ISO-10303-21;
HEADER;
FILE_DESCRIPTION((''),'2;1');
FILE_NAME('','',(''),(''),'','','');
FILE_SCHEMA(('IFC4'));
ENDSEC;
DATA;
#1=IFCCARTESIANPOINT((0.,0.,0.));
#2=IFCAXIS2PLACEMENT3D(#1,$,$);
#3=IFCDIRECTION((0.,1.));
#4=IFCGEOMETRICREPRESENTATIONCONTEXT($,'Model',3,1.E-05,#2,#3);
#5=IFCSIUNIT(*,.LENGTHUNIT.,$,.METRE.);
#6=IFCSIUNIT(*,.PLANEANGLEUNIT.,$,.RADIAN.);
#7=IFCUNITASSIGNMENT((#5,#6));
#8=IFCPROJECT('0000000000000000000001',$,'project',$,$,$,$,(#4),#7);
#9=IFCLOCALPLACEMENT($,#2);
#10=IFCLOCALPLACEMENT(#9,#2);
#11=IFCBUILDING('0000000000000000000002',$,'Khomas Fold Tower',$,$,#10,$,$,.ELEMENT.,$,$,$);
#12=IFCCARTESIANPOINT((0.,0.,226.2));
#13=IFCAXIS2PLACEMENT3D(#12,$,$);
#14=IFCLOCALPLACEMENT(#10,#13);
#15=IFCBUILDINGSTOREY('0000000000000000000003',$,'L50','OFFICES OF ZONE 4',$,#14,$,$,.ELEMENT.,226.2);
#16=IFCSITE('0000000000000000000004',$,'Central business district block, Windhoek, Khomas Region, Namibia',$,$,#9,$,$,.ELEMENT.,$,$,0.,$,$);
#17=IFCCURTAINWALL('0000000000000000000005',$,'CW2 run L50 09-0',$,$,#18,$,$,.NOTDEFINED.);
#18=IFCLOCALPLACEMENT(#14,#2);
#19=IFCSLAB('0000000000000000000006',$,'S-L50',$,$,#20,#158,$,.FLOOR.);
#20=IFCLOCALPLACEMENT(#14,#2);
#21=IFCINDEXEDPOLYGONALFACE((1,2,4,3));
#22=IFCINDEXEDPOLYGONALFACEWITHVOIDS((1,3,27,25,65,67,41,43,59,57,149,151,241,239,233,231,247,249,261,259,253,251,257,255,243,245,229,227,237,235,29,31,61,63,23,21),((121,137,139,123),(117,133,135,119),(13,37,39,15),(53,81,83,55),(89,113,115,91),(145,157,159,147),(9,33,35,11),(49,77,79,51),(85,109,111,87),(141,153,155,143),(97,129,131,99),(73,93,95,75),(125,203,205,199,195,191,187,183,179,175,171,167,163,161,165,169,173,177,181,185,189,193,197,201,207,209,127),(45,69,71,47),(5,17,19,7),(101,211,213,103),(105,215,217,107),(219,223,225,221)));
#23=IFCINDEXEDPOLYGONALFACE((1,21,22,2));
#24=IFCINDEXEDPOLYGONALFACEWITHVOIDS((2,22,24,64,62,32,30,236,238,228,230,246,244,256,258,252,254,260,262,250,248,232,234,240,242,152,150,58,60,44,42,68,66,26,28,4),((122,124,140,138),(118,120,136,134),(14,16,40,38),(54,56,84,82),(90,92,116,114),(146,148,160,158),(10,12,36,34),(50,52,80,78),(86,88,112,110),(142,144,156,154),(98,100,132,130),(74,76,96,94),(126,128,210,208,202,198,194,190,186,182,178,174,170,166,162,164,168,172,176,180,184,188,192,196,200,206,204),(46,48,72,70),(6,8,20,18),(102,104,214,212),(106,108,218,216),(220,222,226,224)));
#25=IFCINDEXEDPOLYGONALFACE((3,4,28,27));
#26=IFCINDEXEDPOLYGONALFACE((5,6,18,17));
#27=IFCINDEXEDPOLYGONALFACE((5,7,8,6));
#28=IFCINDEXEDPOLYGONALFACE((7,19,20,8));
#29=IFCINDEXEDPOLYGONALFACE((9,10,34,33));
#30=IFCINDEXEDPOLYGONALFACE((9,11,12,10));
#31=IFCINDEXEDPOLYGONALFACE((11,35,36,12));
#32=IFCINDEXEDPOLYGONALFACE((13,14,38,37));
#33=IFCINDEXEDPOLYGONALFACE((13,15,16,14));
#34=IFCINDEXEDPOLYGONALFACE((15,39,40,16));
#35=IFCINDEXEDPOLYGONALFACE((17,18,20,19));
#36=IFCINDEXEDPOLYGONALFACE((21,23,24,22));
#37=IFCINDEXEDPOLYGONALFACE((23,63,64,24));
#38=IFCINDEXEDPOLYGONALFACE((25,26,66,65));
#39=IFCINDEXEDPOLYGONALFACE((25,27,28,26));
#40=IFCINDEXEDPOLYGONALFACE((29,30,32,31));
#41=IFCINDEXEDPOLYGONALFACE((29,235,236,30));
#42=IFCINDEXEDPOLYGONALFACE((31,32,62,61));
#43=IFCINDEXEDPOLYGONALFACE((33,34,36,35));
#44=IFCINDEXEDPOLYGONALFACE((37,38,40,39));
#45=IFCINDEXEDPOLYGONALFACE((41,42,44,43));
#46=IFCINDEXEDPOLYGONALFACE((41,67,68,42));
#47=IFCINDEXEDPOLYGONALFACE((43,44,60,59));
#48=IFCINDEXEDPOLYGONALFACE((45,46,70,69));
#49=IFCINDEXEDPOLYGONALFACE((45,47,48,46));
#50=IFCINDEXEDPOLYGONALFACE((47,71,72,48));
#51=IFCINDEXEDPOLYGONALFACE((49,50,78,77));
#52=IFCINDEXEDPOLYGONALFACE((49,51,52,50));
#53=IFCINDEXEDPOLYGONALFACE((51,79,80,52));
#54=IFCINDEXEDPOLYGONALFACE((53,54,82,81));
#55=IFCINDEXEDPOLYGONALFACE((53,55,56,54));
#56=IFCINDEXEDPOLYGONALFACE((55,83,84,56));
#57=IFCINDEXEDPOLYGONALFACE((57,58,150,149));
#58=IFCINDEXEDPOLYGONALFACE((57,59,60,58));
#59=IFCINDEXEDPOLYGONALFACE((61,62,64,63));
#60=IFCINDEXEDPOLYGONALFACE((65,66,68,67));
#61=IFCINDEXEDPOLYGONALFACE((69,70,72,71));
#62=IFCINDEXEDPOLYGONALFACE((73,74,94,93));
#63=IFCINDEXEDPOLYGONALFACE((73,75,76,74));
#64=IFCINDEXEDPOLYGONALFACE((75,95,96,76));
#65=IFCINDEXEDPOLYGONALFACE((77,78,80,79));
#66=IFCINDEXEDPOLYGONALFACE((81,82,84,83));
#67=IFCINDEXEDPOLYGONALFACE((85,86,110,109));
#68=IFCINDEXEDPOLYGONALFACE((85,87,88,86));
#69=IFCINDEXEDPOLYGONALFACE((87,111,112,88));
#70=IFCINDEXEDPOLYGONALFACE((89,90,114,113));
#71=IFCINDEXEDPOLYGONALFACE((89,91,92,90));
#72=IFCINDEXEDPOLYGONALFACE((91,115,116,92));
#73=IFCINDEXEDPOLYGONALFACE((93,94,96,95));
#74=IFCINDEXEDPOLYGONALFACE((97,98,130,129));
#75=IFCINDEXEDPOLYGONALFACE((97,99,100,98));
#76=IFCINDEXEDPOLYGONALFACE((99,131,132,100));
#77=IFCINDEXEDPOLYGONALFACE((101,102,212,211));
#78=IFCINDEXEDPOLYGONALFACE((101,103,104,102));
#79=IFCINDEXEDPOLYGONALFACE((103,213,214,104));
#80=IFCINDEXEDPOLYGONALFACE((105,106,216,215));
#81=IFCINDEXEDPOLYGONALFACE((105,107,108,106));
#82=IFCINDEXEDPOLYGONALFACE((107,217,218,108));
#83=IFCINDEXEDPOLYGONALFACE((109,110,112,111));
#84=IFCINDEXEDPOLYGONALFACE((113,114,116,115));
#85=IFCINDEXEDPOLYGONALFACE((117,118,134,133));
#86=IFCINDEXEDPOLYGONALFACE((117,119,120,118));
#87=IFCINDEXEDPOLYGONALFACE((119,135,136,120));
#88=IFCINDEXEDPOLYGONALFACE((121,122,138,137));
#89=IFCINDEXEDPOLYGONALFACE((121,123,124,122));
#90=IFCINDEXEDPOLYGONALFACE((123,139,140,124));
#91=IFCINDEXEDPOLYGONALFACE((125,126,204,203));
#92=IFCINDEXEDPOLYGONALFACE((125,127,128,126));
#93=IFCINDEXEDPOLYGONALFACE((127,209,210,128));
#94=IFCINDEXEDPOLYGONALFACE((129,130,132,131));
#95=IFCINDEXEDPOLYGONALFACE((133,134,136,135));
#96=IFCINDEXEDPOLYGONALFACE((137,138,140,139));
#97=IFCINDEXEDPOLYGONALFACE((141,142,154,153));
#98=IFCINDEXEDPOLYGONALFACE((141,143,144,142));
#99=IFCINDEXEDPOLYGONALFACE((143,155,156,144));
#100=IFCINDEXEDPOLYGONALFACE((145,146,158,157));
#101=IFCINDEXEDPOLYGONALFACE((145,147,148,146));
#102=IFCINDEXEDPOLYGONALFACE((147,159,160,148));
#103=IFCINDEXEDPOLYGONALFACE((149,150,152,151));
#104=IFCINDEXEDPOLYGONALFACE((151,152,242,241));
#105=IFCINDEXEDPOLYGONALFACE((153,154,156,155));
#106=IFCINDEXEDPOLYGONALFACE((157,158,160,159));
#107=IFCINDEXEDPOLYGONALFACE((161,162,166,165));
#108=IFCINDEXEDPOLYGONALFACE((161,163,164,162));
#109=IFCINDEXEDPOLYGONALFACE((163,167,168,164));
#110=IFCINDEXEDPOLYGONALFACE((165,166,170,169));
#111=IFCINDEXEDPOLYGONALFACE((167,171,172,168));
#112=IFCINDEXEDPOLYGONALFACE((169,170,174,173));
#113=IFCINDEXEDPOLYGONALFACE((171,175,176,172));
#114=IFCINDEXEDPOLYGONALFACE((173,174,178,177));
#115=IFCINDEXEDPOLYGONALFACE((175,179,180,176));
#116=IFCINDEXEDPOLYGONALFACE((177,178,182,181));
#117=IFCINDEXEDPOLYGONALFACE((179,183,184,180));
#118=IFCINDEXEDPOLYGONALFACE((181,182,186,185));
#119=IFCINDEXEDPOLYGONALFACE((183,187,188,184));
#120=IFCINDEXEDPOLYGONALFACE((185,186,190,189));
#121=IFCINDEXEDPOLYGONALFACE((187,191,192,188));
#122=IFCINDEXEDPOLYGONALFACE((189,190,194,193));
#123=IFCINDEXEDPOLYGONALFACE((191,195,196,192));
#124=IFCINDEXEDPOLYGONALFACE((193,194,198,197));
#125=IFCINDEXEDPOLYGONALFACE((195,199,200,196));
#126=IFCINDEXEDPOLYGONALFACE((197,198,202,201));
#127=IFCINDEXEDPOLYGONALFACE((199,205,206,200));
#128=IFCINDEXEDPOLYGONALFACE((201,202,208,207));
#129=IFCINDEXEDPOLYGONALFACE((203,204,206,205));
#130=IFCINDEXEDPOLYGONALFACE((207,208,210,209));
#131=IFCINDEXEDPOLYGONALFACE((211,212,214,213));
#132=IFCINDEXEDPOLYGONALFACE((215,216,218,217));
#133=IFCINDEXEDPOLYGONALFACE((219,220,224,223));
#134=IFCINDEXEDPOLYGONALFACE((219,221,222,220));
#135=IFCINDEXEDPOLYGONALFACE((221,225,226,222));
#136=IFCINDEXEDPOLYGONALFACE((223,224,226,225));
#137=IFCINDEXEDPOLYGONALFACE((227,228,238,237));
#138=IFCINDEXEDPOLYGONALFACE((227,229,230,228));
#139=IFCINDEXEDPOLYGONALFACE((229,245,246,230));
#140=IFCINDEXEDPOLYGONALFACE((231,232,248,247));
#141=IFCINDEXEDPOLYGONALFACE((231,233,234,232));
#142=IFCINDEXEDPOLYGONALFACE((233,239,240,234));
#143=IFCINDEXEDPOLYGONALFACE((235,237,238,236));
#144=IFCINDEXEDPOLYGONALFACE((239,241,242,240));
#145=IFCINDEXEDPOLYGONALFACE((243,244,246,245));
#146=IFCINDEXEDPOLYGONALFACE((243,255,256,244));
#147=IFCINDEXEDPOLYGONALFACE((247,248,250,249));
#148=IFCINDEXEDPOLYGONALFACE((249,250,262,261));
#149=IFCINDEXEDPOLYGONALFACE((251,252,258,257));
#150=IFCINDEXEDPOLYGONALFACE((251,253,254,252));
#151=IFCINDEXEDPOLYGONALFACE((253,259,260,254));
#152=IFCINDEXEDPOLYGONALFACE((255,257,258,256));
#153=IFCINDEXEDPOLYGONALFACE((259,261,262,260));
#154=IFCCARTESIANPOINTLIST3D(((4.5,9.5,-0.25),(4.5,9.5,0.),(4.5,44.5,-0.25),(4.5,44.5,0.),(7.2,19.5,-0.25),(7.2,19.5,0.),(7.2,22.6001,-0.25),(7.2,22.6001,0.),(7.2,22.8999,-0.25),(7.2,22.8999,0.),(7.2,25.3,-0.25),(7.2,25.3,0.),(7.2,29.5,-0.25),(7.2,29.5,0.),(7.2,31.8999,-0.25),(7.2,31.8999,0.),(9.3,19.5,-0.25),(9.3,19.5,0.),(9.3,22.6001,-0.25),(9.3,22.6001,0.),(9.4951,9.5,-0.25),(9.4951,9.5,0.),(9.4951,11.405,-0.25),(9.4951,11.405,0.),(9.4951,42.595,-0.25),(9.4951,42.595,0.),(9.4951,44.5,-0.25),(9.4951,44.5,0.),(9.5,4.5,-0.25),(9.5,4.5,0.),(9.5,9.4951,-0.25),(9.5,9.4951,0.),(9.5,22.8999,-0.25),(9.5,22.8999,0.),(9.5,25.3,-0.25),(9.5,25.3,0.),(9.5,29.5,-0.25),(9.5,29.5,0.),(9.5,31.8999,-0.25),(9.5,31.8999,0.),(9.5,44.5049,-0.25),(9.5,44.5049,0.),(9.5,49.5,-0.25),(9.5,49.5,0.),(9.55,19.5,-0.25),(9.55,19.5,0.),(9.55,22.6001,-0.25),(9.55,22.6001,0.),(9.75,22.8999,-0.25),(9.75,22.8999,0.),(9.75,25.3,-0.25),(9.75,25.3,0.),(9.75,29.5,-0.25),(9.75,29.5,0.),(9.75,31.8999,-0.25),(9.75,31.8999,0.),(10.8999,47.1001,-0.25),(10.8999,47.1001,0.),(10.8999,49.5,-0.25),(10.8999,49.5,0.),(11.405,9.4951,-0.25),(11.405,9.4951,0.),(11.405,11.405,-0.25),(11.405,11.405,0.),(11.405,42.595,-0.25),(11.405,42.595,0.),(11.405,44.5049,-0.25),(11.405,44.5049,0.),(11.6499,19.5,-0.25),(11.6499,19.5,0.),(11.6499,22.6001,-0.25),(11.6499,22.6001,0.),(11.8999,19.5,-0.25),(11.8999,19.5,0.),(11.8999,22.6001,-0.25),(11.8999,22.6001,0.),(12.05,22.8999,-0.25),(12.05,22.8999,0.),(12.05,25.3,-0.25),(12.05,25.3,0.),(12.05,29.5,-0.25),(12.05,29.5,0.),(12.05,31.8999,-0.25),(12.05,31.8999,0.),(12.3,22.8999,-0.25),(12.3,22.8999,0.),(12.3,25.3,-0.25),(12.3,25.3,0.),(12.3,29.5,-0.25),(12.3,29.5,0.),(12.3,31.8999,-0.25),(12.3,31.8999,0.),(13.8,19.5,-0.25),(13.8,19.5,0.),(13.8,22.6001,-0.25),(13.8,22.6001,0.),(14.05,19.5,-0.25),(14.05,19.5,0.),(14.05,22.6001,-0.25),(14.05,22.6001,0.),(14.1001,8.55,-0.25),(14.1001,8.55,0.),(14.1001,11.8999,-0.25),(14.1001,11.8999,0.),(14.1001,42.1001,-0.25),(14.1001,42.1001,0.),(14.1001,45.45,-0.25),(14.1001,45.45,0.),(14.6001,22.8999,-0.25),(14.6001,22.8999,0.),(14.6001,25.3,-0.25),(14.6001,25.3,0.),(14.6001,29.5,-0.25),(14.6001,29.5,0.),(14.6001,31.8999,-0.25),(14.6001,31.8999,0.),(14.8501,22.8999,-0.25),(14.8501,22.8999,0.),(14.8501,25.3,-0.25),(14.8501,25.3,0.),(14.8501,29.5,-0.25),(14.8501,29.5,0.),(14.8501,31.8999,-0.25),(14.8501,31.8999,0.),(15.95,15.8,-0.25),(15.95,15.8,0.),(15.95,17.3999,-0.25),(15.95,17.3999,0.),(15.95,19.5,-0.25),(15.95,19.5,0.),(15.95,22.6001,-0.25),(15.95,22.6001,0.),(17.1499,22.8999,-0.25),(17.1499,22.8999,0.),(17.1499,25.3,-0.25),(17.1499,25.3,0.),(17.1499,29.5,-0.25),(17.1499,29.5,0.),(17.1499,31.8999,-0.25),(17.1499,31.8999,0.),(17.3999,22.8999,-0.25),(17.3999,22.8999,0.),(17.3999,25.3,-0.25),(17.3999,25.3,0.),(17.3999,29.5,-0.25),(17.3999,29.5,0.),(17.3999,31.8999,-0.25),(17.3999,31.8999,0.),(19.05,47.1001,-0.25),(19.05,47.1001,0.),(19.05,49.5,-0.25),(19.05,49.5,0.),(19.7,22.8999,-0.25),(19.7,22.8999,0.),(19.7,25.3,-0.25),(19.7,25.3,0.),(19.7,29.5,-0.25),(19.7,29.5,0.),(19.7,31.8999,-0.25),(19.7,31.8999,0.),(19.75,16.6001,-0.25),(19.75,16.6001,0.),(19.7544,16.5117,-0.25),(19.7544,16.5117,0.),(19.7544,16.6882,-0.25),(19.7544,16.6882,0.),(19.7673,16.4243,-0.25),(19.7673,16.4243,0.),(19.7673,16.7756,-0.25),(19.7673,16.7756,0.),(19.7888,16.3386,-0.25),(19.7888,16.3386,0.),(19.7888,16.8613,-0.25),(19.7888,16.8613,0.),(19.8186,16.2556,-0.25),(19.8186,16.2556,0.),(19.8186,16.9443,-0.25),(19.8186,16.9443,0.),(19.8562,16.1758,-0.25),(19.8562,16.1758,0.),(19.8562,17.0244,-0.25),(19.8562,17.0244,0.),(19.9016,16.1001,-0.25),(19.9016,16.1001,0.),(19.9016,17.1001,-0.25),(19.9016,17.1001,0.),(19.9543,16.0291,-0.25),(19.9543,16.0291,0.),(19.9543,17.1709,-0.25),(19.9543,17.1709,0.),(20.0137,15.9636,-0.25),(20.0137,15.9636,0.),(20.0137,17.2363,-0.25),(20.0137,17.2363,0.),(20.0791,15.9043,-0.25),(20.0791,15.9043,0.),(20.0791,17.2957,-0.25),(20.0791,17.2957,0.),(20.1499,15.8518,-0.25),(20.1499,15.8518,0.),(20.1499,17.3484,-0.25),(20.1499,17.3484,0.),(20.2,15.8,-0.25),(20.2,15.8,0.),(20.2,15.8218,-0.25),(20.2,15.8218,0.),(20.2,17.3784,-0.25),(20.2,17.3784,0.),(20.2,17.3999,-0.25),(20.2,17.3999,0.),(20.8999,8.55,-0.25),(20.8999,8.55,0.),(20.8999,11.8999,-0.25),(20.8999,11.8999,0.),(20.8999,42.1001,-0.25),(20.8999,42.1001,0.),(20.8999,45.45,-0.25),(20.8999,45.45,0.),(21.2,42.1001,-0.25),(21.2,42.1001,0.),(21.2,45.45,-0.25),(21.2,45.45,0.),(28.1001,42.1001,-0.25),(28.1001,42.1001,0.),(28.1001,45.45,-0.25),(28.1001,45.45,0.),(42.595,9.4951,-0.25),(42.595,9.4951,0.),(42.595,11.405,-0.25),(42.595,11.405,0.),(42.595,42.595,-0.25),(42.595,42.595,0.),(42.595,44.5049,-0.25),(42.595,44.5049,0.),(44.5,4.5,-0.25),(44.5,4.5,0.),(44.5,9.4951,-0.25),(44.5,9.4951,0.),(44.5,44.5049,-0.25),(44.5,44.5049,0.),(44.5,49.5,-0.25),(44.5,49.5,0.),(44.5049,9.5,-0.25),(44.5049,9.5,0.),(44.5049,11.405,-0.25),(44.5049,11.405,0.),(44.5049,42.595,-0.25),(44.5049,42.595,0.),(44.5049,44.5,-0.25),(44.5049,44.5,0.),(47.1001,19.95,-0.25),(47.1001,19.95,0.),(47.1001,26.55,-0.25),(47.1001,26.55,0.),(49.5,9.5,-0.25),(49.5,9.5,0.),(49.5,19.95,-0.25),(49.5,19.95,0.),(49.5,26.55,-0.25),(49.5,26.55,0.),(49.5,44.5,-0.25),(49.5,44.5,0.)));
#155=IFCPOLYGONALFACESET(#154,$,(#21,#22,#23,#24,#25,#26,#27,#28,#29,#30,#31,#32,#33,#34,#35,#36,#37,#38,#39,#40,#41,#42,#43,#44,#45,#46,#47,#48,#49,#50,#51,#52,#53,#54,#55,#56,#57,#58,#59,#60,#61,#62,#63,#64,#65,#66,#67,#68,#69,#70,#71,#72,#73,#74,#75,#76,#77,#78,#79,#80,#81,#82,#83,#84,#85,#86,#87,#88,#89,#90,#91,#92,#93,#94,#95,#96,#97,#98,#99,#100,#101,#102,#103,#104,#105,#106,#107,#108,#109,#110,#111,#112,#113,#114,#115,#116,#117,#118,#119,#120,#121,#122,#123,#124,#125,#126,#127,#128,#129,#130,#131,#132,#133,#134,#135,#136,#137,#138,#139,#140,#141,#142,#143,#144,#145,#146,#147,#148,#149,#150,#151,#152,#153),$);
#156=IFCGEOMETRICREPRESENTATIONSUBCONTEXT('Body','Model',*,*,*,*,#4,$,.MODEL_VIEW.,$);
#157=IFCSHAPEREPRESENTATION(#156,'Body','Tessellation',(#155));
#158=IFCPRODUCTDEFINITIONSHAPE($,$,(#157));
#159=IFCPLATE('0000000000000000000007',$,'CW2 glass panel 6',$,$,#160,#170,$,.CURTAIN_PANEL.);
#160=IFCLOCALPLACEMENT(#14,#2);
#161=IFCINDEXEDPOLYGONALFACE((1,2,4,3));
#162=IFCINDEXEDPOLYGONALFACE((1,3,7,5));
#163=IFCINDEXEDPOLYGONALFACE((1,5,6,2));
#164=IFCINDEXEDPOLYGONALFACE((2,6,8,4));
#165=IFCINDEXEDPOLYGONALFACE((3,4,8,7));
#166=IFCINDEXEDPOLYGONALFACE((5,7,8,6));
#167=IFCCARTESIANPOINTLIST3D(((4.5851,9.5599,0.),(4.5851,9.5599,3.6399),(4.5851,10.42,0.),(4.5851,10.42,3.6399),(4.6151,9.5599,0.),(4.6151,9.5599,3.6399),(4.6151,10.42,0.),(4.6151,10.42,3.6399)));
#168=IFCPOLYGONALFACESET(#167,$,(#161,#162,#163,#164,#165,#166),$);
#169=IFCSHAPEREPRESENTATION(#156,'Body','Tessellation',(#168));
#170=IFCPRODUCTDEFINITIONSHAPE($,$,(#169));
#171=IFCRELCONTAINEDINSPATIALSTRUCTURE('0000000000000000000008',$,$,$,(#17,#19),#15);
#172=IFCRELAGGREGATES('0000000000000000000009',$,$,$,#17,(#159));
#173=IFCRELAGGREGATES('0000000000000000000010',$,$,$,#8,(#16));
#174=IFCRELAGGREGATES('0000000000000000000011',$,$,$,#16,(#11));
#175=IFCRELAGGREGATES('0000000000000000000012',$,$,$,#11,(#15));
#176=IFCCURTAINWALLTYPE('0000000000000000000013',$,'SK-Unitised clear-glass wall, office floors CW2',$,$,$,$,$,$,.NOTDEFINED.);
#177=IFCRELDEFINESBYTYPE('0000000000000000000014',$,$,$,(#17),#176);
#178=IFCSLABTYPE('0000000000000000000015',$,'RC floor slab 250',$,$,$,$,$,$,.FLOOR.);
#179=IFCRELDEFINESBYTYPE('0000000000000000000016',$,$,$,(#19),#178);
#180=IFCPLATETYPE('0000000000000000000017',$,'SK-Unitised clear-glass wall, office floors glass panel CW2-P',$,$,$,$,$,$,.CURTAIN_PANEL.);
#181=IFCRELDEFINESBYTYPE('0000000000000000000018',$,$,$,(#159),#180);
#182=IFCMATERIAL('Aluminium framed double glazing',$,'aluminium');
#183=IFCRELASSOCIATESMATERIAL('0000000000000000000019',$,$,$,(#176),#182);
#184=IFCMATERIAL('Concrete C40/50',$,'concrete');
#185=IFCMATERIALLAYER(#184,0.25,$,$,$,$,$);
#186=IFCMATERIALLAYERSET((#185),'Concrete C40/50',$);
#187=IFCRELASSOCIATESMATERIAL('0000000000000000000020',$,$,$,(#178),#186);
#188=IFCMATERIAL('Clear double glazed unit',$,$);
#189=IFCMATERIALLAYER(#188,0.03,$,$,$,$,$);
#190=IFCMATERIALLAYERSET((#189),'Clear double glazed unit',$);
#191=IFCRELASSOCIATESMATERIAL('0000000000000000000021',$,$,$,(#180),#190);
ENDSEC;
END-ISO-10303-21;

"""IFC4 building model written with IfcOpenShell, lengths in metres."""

from ifc_helpers import new_model, si_unit, direction, frame, origin, origin_2d, place, context, subcontext, project, spatial, polyline, rectangle, outline, extrude, source, transform, mapped, material, layer, layer_set, type_object, element, aggregate, save


model = new_model("IFC4")

# Units and contexts
model_context = context("Model", 3, precision=1e-05, world=origin(), true_north=direction((0.0, 1.0)))
body_context = subcontext(model_context, "Body", "Model", "MODEL_VIEW")
ifc_project = project(units=[si_unit("LENGTHUNIT", "METRE"), si_unit("PLANEANGLEUNIT", "RADIAN")], contexts=[model_context])

# Site, building, storey
site_placement = place(None, origin())
site = spatial("IfcSite", under=ifc_project, at=site_placement, Name="Central business district block, Windhoek, Khomas Region, Namibia", CompositionType="ELEMENT", RefElevation=0.0)
building_placement = place(site_placement, origin())
building = spatial("IfcBuilding", under=site, at=building_placement, Name="Khomas Fold Tower", CompositionType="ELEMENT")
storey_placement = place(building_placement, frame((0.0, 0.0, 226.2)))
storey = spatial("IfcBuildingStorey", under=building, at=storey_placement, Name="L50", Description="OFFICES OF ZONE 4", CompositionType="ELEMENT", Elevation=226.2)

# Curtain wall
ifc_material_1 = material(Name="Aluminium framed double glazing", Category="aluminium")
curtain_wall_type = type_object("IfcCurtainWallType", Name="SK-Unitised clear-glass wall, office floors CW2", PredefinedType="NOTDEFINED", material=ifc_material_1)
curtain_wall_1_placement = place(storey_placement, origin())
curtain_wall_1 = element("IfcCurtainWall", 1, at=curtain_wall_1_placement, inside=storey, type_object=curtain_wall_type, Name="CW2 run L50 09-0", PredefinedType="NOTDEFINED")

# Slab
ifc_material_2 = material(Name="Concrete C40/50", Category="concrete")
ifc_layer_1 = layer(ifc_material_2, 0.25)
ifc_layer_set_1 = layer_set([ifc_layer_1], Name="Concrete C40/50")
slab_type_1 = type_object("IfcSlabType", Name="RC floor slab 250", PredefinedType="FLOOR", material=ifc_layer_set_1)
shared_shape_1 = source(origin(), body_context, "Body", "SweptSolid", [
    extrude(outline(polyline([(4.5, 9.5), (9.4951, 9.5), (9.4951, 11.405), (11.405, 11.405), (11.405, 9.4951), (9.5, 9.4951), (9.5, 4.5), (44.5, 4.5), (44.5, 9.4951), (42.595, 9.4951), (42.595, 11.405), (44.5049, 11.405), (44.5049, 9.5), (49.5, 9.5), (49.5, 19.95), (47.1001, 19.95), (47.1001, 26.55), (49.5, 26.55), (49.5, 44.5), (44.5049, 44.5), (44.5049, 42.595), (42.595, 42.595), (42.595, 44.5049), (44.5, 44.5049), (44.5, 49.5), (19.05, 49.5), (19.05, 47.1001), (10.8999, 47.1001), (10.8999, 49.5), (9.5, 49.5), (9.5, 44.5049), (11.405, 44.5049), (11.405, 42.595), (9.4951, 42.595), (9.4951, 44.5), (4.5, 44.5), (4.5, 9.5)]), holes=[polyline([(7.2, 19.5), (7.2, 22.6001), (9.3, 22.6001), (9.3, 19.5), (7.2, 19.5)]), polyline([(7.2, 22.8999), (7.2, 25.3), (9.5, 25.3), (9.5, 22.8999), (7.2, 22.8999)]), polyline([(7.2, 29.5), (7.2, 31.8999), (9.5, 31.8999), (9.5, 29.5), (7.2, 29.5)]), polyline([(9.55, 19.5), (9.55, 22.6001), (11.6499, 22.6001), (11.6499, 19.5), (9.55, 19.5)]), polyline([(9.75, 22.8999), (9.75, 25.3), (12.05, 25.3), (12.05, 22.8999), (9.75, 22.8999)]), polyline([(9.75, 29.5), (9.75, 31.8999), (12.05, 31.8999), (12.05, 29.5), (9.75, 29.5)]), polyline([(11.8999, 19.5), (11.8999, 22.6001), (13.8, 22.6001), (13.8, 19.5), (11.8999, 19.5)]), polyline([(12.3, 22.8999), (12.3, 25.3), (14.6001, 25.3), (14.6001, 22.8999), (12.3, 22.8999)]), polyline([(12.3, 29.5), (12.3, 31.8999), (14.6001, 31.8999), (14.6001, 29.5), (12.3, 29.5)]), polyline([(14.05, 19.5), (14.05, 22.6001), (15.95, 22.6001), (15.95, 19.5), (14.05, 19.5)]), polyline([(14.1001, 8.55), (14.1001, 11.8999), (20.8999, 11.8999), (20.8999, 8.55), (14.1001, 8.55)]), polyline([(14.1001, 42.1001), (14.1001, 45.45), (20.8999, 45.45), (20.8999, 42.1001), (14.1001, 42.1001)]), polyline([(14.8501, 22.8999), (14.8501, 25.3), (17.1499, 25.3), (17.1499, 22.8999), (14.8501, 22.8999)]), polyline([(14.8501, 29.5), (14.8501, 31.8999), (17.1499, 31.8999), (17.1499, 29.5), (14.8501, 29.5)]), polyline([(15.95, 15.8), (15.95, 17.3999), (20.2, 17.3999), (20.2, 17.3784), (20.1499, 17.3484), (20.0791, 17.2957), (20.0137, 17.2363), (19.9543, 17.1709), (19.9016, 17.1001), (19.8562, 17.0244), (19.8186, 16.9443), (19.7888, 16.8613), (19.7673, 16.7756), (19.7544, 16.6882), (19.75, 16.6001), (19.7544, 16.5117), (19.7673, 16.4243), (19.7888, 16.3386), (19.8186, 16.2556), (19.8562, 16.1758), (19.9016, 16.1001), (19.9543, 16.0291), (20.0137, 15.9636), (20.0791, 15.9043), (20.1499, 15.8518), (20.2, 15.8218), (20.2, 15.8), (15.95, 15.8)]), polyline([(17.3999, 22.8999), (17.3999, 25.3), (19.7, 25.3), (19.7, 22.8999), (17.3999, 22.8999)]), polyline([(17.3999, 29.5), (17.3999, 31.8999), (19.7, 31.8999), (19.7, 29.5), (17.3999, 29.5)]), polyline([(21.2, 42.1001), (21.2, 45.45), (28.1001, 45.45), (28.1001, 42.1001), (21.2, 42.1001)])]), origin(), (0.0, 0.0, 1.0), 0.25),
])
slab_1_placement = place(storey_placement, frame((0.0, 0.0, -0.25)))
element("IfcSlab", 2, at=slab_1_placement, inside=storey, type_object=slab_type_1, Name="S-L50", PredefinedType="FLOOR", context=body_context, shape_type="MappedRepresentation", body=[
    mapped(shared_shape_1, transform((0.0, 0.0, 0.0))),
])

# Plate
ifc_material_3 = material(Name="Clear double glazed unit")
ifc_layer_2 = layer(ifc_material_3, 0.03)
ifc_layer_set_2 = layer_set([ifc_layer_2], Name="Clear double glazed unit")
plate_type = type_object("IfcPlateType", Name="SK-Unitised clear-glass wall, office floors glass panel CW2-P", PredefinedType="CURTAIN_PANEL", material=ifc_layer_set_2)
shared_shape_2 = source(origin(), body_context, "Body", "SweptSolid", [
    extrude(rectangle(XDim=0.8601, YDim=0.03, at=origin_2d()), origin(), (0.0, 0.0, 1.0), 3.6399),
])
plate_1_placement = place(storey_placement, frame((4.6001, 9.99, 0.0), z_axis=(0.0, 0.0, 1.0), x_axis=(0.0, -1.0, 0.0)))
plate_1 = element("IfcPlate", 3, at=plate_1_placement, type_object=plate_type, Name="CW2 glass panel 6", PredefinedType="CURTAIN_PANEL", context=body_context, shape_type="MappedRepresentation", body=[
    mapped(shared_shape_2, transform((0.0, 0.0, 0.0))),
])
aggregate(curtain_wall_1, [plate_1])

save(model, "model.ifc")
